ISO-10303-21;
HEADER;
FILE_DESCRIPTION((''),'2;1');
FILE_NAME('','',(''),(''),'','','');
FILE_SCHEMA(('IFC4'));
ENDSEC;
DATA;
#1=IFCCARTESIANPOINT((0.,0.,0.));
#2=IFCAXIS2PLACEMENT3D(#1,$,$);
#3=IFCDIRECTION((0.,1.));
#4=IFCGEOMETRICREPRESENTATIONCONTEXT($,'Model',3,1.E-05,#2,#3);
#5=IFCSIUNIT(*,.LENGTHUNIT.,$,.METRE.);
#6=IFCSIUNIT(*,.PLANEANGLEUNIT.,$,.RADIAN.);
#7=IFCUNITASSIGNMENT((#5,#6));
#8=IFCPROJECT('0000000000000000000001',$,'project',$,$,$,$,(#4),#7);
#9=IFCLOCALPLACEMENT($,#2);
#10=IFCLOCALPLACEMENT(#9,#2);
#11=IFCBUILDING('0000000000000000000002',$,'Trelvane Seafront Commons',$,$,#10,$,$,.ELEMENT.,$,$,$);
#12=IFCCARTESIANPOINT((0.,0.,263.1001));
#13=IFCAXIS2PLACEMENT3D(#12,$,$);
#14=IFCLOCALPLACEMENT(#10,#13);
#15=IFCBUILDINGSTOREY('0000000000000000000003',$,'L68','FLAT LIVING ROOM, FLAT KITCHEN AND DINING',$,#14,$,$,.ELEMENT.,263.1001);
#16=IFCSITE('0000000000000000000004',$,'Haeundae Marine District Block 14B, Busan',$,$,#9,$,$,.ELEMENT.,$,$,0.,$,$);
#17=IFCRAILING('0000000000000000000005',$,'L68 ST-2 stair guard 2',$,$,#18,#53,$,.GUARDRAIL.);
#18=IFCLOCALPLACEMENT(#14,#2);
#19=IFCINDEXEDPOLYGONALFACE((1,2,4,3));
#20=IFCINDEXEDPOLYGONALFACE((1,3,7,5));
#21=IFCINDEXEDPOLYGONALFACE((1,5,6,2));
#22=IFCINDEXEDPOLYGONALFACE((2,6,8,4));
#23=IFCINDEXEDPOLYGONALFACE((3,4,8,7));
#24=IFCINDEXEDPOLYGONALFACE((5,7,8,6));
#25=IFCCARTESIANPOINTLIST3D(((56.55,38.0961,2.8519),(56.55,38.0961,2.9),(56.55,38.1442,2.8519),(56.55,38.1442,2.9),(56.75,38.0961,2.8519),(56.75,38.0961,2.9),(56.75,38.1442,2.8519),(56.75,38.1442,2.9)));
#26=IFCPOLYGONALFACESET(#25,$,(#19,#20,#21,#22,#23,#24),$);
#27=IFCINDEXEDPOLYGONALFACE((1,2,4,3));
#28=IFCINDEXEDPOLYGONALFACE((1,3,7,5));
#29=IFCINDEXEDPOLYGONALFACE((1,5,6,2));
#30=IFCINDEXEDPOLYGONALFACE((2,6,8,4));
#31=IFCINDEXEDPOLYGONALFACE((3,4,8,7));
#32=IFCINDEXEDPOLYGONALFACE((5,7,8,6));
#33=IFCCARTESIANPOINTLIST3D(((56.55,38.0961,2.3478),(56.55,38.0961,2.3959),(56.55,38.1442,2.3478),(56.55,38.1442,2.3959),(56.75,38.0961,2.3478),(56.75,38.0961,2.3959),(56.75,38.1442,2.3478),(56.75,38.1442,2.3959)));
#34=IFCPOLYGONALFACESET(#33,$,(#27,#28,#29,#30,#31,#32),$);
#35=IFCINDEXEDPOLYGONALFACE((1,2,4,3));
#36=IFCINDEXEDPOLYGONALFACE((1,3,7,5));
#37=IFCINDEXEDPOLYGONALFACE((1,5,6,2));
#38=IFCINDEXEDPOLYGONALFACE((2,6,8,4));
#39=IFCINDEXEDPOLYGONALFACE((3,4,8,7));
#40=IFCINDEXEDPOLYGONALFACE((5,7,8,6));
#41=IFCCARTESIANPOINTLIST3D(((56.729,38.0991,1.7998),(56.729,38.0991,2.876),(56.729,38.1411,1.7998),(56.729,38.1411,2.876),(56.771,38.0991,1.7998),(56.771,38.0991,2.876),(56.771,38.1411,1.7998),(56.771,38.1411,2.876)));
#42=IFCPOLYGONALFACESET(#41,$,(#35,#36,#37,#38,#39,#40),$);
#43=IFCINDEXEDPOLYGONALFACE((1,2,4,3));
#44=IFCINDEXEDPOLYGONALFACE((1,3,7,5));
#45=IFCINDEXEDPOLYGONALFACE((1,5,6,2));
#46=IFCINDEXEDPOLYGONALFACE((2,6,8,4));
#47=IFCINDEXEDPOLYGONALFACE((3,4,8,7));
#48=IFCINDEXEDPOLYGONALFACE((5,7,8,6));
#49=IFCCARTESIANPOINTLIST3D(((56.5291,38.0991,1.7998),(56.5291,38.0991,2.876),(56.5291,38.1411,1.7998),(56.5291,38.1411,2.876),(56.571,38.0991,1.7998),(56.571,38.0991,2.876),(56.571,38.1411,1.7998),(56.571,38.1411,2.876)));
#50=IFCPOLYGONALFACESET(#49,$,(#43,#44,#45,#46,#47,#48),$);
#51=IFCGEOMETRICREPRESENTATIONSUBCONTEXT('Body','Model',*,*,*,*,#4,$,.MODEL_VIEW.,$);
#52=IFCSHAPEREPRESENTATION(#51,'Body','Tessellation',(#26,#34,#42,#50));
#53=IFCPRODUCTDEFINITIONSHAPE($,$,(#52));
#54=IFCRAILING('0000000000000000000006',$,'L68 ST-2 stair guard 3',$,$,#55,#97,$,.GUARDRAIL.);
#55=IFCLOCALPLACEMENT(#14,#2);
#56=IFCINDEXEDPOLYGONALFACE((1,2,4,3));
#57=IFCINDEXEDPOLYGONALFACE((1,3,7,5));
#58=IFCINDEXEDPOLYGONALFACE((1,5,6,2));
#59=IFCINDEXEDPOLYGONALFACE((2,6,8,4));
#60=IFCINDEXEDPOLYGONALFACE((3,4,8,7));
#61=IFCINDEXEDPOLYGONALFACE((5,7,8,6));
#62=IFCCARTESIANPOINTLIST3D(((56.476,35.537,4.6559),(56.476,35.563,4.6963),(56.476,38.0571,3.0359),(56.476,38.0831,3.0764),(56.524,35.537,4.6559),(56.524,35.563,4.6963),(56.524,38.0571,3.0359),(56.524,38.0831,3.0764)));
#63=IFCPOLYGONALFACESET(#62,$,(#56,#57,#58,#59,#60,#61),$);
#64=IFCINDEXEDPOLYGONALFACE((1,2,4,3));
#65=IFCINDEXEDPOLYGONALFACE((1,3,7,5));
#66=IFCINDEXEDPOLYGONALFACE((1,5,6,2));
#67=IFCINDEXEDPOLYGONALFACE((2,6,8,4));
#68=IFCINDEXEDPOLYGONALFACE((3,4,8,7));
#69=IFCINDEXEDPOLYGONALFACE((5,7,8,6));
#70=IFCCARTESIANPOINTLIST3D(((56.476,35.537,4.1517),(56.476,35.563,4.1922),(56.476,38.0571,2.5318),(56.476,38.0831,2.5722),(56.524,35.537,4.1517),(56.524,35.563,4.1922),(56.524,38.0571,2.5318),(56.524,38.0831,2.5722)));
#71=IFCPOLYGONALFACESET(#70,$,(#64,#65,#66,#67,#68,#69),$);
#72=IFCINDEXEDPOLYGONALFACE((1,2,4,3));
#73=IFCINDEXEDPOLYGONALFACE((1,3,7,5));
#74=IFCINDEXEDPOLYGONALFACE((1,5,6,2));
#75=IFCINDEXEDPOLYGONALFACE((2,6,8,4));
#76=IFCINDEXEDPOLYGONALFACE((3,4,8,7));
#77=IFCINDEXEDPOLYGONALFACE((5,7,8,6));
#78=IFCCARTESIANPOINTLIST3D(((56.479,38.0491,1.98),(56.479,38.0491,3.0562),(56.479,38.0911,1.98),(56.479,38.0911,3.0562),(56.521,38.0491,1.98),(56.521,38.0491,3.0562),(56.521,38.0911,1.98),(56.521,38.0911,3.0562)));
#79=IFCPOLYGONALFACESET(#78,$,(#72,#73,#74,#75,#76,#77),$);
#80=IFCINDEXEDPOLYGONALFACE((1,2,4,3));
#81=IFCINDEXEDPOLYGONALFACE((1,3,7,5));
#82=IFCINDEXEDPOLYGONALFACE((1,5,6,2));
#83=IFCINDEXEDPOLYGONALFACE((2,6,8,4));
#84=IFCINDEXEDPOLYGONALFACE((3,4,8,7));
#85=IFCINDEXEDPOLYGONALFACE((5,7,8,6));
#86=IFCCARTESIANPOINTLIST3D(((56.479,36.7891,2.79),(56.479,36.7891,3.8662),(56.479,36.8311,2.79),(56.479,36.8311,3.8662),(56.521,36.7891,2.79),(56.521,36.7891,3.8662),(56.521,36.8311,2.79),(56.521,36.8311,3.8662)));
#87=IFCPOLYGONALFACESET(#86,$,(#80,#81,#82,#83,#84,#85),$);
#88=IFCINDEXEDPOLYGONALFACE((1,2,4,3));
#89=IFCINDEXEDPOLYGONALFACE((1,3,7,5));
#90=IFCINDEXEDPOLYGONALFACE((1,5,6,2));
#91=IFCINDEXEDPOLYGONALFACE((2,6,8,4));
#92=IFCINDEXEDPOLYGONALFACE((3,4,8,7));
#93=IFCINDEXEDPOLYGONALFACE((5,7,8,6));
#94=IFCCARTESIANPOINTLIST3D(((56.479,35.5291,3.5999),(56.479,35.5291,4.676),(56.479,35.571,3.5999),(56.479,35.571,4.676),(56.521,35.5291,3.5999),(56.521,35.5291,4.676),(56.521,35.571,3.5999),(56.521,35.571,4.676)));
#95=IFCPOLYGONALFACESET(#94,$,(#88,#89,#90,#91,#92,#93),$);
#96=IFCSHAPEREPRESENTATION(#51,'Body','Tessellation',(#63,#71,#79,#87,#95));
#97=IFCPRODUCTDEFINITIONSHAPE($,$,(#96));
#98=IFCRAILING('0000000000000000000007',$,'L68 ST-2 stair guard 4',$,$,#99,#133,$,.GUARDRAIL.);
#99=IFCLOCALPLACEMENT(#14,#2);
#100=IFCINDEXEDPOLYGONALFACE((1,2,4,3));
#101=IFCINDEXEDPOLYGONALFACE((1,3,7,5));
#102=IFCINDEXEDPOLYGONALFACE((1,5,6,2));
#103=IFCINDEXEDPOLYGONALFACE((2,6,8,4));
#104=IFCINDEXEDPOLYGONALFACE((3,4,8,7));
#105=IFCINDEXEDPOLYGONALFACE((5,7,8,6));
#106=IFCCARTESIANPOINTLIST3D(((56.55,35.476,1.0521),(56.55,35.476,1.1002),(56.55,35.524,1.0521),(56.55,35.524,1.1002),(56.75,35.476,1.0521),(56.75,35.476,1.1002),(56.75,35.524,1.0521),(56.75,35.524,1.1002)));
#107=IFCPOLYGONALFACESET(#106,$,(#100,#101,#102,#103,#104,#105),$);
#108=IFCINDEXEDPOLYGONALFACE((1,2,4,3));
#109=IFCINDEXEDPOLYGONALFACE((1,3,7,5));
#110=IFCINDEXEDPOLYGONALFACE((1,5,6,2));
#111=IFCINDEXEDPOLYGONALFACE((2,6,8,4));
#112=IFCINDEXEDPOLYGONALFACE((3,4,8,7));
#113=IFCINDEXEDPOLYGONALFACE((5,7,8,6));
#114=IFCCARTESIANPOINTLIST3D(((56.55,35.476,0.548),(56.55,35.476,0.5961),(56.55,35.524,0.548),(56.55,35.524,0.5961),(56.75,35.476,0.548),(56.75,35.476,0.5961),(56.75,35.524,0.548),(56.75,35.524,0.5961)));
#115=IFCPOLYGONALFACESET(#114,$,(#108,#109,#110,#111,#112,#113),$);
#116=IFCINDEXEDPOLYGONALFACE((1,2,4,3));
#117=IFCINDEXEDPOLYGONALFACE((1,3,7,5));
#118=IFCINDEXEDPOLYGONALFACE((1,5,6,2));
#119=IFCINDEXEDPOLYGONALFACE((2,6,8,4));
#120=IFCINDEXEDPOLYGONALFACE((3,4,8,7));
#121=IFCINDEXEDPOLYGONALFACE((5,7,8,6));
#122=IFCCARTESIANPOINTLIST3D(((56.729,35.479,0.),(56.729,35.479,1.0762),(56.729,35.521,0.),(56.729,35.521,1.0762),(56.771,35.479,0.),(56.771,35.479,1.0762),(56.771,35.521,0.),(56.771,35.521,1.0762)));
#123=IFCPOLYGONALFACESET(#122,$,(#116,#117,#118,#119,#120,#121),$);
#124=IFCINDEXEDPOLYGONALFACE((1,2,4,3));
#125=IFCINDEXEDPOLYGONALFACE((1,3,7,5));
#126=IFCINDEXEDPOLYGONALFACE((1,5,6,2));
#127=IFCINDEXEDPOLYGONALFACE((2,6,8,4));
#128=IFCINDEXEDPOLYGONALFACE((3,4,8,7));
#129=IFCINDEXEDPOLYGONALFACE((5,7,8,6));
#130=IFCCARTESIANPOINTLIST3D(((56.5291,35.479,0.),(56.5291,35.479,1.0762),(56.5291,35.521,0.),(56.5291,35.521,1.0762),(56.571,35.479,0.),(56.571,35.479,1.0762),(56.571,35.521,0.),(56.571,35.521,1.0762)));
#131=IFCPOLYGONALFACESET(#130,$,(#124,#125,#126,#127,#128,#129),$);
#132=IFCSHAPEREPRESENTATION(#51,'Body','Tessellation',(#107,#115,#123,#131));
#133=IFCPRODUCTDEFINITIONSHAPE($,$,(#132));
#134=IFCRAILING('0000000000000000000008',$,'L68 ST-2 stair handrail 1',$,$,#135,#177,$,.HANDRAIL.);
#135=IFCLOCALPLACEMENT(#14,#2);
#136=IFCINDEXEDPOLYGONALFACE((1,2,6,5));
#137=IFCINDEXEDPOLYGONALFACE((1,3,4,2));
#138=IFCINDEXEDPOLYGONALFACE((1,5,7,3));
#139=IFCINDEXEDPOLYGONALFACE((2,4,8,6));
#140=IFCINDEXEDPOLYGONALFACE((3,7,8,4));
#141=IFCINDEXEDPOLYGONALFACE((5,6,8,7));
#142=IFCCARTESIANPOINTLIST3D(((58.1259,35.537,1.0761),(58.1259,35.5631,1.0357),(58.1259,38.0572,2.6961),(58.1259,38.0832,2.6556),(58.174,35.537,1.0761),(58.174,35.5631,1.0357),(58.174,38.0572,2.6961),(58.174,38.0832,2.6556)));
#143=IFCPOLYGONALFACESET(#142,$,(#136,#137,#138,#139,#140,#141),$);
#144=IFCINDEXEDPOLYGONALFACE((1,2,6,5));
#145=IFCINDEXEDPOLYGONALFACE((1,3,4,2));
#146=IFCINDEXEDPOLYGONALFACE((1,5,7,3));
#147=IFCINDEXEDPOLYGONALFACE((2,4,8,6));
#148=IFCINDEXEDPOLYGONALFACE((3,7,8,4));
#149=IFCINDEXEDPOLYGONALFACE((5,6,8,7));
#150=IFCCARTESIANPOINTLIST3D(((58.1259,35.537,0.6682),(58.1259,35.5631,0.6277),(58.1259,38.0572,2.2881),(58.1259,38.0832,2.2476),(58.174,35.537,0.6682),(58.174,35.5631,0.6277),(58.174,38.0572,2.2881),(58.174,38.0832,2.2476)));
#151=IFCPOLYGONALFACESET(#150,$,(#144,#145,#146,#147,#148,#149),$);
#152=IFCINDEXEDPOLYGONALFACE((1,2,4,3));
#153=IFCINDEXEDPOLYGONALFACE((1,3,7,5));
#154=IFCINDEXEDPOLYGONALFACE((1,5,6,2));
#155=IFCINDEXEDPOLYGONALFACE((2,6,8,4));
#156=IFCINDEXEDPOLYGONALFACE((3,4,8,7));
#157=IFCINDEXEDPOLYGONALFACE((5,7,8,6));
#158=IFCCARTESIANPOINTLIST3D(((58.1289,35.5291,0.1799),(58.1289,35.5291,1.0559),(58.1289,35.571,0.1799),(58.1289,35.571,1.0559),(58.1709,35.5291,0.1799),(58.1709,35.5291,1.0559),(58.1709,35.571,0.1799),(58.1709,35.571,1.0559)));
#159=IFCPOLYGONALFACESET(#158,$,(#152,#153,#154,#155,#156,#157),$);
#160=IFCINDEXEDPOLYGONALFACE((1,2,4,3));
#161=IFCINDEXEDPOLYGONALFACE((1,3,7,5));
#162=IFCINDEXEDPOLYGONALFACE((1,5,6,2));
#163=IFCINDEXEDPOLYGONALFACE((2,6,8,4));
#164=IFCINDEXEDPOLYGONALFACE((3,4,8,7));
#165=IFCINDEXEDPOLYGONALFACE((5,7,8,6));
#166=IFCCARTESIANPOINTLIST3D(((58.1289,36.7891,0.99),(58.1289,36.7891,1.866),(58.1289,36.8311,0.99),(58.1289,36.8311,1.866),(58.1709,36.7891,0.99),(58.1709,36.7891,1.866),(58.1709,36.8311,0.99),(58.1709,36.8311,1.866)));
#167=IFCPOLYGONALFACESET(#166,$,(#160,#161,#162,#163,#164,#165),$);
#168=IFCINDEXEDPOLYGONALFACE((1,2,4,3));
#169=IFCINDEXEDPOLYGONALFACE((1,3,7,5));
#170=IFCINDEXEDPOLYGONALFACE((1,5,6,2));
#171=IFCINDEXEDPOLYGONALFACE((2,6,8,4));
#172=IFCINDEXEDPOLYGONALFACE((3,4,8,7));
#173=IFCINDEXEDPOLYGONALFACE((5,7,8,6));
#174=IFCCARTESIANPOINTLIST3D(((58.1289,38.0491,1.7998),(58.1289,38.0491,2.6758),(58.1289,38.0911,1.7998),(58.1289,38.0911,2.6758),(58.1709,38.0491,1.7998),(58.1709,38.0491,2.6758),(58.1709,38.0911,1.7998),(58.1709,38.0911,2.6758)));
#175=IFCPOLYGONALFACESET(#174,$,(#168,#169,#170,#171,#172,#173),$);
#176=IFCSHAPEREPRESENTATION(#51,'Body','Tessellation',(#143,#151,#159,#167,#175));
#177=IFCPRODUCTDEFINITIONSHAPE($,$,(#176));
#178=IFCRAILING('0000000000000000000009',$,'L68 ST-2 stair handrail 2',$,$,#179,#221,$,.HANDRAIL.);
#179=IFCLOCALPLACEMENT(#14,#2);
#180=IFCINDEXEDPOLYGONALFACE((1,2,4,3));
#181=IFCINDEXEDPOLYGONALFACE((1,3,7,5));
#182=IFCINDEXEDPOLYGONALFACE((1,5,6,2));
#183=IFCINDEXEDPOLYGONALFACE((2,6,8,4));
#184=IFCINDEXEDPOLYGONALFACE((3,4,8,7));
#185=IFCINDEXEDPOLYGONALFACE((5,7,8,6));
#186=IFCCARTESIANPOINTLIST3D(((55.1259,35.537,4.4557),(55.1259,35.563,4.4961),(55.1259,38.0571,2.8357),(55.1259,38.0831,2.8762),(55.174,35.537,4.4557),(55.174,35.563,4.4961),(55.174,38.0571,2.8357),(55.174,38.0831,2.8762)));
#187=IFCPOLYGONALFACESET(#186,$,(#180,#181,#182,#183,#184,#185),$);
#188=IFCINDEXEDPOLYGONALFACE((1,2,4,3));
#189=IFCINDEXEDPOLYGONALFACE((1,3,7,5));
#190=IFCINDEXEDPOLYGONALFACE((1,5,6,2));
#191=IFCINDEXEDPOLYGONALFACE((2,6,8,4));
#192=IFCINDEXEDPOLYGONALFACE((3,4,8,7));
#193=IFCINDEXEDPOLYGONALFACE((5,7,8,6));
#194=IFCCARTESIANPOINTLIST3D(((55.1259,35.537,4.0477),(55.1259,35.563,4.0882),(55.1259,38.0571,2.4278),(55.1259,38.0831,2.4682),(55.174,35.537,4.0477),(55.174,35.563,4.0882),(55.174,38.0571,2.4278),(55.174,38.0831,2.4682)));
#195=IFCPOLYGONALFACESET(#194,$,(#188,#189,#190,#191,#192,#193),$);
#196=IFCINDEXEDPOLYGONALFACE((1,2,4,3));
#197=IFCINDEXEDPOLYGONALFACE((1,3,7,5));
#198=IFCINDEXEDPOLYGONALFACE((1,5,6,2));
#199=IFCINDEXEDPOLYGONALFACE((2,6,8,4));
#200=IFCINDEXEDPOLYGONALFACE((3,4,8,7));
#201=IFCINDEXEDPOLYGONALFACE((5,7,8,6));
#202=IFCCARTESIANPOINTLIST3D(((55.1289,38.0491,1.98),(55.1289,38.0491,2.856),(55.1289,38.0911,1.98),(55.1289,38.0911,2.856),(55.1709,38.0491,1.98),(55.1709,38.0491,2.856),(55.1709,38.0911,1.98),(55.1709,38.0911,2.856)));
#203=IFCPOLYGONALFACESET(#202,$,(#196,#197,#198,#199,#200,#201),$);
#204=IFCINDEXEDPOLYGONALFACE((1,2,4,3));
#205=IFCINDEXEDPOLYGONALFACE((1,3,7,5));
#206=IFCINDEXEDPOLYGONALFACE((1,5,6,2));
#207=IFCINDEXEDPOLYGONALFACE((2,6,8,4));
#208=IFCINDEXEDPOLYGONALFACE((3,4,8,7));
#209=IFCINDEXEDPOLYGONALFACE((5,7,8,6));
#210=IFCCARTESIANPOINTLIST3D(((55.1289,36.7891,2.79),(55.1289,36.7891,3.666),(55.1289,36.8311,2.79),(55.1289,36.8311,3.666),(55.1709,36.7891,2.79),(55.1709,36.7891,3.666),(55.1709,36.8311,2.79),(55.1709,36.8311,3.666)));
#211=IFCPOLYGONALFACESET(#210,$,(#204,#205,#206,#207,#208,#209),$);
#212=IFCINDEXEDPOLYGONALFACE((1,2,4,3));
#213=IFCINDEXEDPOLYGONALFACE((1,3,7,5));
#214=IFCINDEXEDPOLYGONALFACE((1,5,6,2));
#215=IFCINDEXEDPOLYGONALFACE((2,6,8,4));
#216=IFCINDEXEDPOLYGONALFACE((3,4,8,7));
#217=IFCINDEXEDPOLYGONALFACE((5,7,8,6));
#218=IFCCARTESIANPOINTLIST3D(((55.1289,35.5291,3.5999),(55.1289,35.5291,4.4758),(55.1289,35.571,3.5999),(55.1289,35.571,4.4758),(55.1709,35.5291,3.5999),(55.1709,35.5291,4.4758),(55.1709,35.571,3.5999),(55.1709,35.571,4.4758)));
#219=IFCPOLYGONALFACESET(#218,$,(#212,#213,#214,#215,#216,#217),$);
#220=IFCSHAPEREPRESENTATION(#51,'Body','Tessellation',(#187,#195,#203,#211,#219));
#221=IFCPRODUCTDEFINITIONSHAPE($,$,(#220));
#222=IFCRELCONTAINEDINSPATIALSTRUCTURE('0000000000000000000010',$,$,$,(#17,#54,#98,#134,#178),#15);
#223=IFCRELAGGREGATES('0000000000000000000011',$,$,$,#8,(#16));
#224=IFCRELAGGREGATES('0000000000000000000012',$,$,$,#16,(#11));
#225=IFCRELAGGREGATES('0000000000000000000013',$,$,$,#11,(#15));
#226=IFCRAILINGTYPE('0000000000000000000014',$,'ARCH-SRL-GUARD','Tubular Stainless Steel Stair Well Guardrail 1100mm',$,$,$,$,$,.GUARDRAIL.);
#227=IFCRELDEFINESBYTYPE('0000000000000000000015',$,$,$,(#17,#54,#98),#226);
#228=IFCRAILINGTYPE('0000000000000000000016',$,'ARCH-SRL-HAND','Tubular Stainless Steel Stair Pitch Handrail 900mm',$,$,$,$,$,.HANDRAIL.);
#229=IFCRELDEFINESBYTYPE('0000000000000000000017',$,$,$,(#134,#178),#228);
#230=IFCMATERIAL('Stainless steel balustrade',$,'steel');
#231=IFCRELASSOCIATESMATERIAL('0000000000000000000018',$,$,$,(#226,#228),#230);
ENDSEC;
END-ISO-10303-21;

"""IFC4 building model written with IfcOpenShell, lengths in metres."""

from ifc_helpers import new_model, si_unit, direction, frame, origin, origin_2d, place, context, subcontext, project, spatial, rectangle, extrude, material, type_object, element, save


model = new_model("IFC4")

# Units and contexts
model_context = context("Model", 3, precision=1e-05, world=origin(), true_north=direction((0.0, 1.0)))
body_context = subcontext(model_context, "Body", "Model", "MODEL_VIEW")
ifc_project = project(units=[si_unit("LENGTHUNIT", "METRE"), si_unit("PLANEANGLEUNIT", "RADIAN")], contexts=[model_context])

# Site, building, storey
site_placement = place(None, origin())
site = spatial("IfcSite", under=ifc_project, at=site_placement, Name="Haeundae Marine District Block 14B, Busan", CompositionType="ELEMENT", RefElevation=0.0)
building_placement = place(site_placement, origin())
building = spatial("IfcBuilding", under=site, at=building_placement, Name="Trelvane Seafront Commons", CompositionType="ELEMENT")
storey_placement = place(building_placement, frame((0.0, 0.0, 263.1001)))
storey = spatial("IfcBuildingStorey", under=building, at=storey_placement, Name="L68", Description="FLAT LIVING ROOM, FLAT KITCHEN AND DINING", CompositionType="ELEMENT", Elevation=263.1001)

# Railings
ifc_material_1 = material(Name="Stainless steel balustrade", Category="steel")
railing_type_1 = type_object("IfcRailingType", Name="ARCH-SRL-GUARD", Description="Tubular Stainless Steel Stair Well Guardrail 1100mm", PredefinedType="GUARDRAIL", material=ifc_material_1)
railing_1_placement = place(storey_placement, frame((56.75, 38.1201, 1.7998)))
element("IfcRailing", 1, at=railing_1_placement, inside=storey, type_object=railing_type_1, Name="L68 ST-2 stair guard 2", PredefinedType="GUARDRAIL", context=body_context, shape_type="SweptSolid", body=[
    extrude(rectangle(XDim=0.0481, YDim=0.0481, at=origin_2d()), frame((0.0, 0.0, 1.0762), z_axis=(-1.0, 0.0, 0.0), x_axis=(0.0, -1.0, 0.0)), (0.0, 0.0, 1.0), 0.2),
    extrude(rectangle(XDim=0.0481, YDim=0.0481, at=origin_2d()), frame((0.0, 0.0, 0.572), z_axis=(-1.0, 0.0, 0.0), x_axis=(0.0, -1.0, 0.0)), (0.0, 0.0, 1.0), 0.2),
    extrude(rectangle(XDim=0.042, YDim=0.042, at=origin_2d()), origin(), (0.0, 0.0, 1.0), 1.0762),
    extrude(rectangle(XDim=0.042, YDim=0.042, at=origin_2d()), frame((-0.2, 0.0, 0.0)), (0.0, 0.0, 1.0), 1.0762),
])
railing_2_placement = place(storey_placement, frame((56.5, 38.0701, 1.98)))
element("IfcRailing", 2, at=railing_2_placement, inside=storey, type_object=railing_type_1, Name="L68 ST-2 stair guard 3", PredefinedType="GUARDRAIL", context=body_context, shape_type="SweptSolid", body=[
    extrude(rectangle(XDim=0.0481, YDim=0.0481, at=origin_2d()), frame((0.0, 0.0, 1.0762), z_axis=(0.0, -0.8412, 0.540725), x_axis=(1.0, 0.0, 0.0)), (0.0, 0.0, 1.0), 2.9958),
    extrude(rectangle(XDim=0.0481, YDim=0.0481, at=origin_2d()), frame((0.0, 0.0, 0.572), z_axis=(0.0, -0.8412, 0.540725), x_axis=(1.0, 0.0, 0.0)), (0.0, 0.0, 1.0), 2.9958),
    extrude(rectangle(XDim=0.042, YDim=0.042, at=origin_2d()), origin(), (0.0, 0.0, 1.0), 1.0762),
    extrude(rectangle(XDim=0.042, YDim=0.042, at=origin_2d()), frame((0.0, -1.26, 0.8101)), (0.0, 0.0, 1.0), 1.0762),
    extrude(rectangle(XDim=0.042, YDim=0.042, at=origin_2d()), frame((0.0, -2.52, 1.6199)), (0.0, 0.0, 1.0), 1.0762),
])
railing_3_placement = place(storey_placement, frame((56.75, 35.5, 0.0)))
element("IfcRailing", 3, at=railing_3_placement, inside=storey, type_object=railing_type_1, Name="L68 ST-2 stair guard 4", PredefinedType="GUARDRAIL", context=body_context, shape_type="SweptSolid", body=[
    extrude(rectangle(XDim=0.0481, YDim=0.0481, at=origin_2d()), frame((0.0, 0.0, 1.0762), z_axis=(-1.0, 0.0, 0.0), x_axis=(0.0, -1.0, 0.0)), (0.0, 0.0, 1.0), 0.2),
    extrude(rectangle(XDim=0.0481, YDim=0.0481, at=origin_2d()), frame((0.0, 0.0, 0.572), z_axis=(-1.0, 0.0, 0.0), x_axis=(0.0, -1.0, 0.0)), (0.0, 0.0, 1.0), 0.2),
    extrude(rectangle(XDim=0.042, YDim=0.042, at=origin_2d()), origin(), (0.0, 0.0, 1.0), 1.0762),
    extrude(rectangle(XDim=0.042, YDim=0.042, at=origin_2d()), frame((-0.2, 0.0, 0.0)), (0.0, 0.0, 1.0), 1.0762),
])
railing_type_2 = type_object("IfcRailingType", Name="ARCH-SRL-HAND", Description="Tubular Stainless Steel Stair Pitch Handrail 900mm", PredefinedType="HANDRAIL", material=ifc_material_1)
railing_4_placement = place(storey_placement, frame((58.1499, 35.55, 0.1799)))
element("IfcRailing", 4, at=railing_4_placement, inside=storey, type_object=railing_type_2, Name="L68 ST-2 stair handrail 1", PredefinedType="HANDRAIL", context=body_context, shape_type="SweptSolid", body=[
    extrude(rectangle(XDim=0.0481, YDim=0.0481, at=origin_2d()), frame((0.0, 0.0, 0.876), z_axis=(0.0, 0.8412, 0.540725), x_axis=(-1.0, 0.0, 0.0)), (0.0, 0.0, 1.0), 2.9958),
    extrude(rectangle(XDim=0.0481, YDim=0.0481, at=origin_2d()), frame((0.0, 0.0, 0.468), z_axis=(0.0, 0.8412, 0.540725), x_axis=(-1.0, 0.0, 0.0)), (0.0, 0.0, 1.0), 2.9958),
    extrude(rectangle(XDim=0.042, YDim=0.042, at=origin_2d()), origin(), (0.0, 0.0, 1.0), 0.876),
    extrude(rectangle(XDim=0.042, YDim=0.042, at=origin_2d()), frame((0.0, 1.26, 0.8101)), (0.0, 0.0, 1.0), 0.876),
    extrude(rectangle(XDim=0.042, YDim=0.042, at=origin_2d()), frame((0.0, 2.52, 1.6199)), (0.0, 0.0, 1.0), 0.876),
])
railing_5_placement = place(storey_placement, frame((55.1499, 38.0701, 1.98)))
element("IfcRailing", 5, at=railing_5_placement, inside=storey, type_object=railing_type_2, Name="L68 ST-2 stair handrail 2", PredefinedType="HANDRAIL", context=body_context, shape_type="SweptSolid", body=[
    extrude(rectangle(XDim=0.0481, YDim=0.0481, at=origin_2d()), frame((0.0, 0.0, 0.876), z_axis=(0.0, -0.8412, 0.540725), x_axis=(1.0, 0.0, 0.0)), (0.0, 0.0, 1.0), 2.9958),
    extrude(rectangle(XDim=0.0481, YDim=0.0481, at=origin_2d()), frame((0.0, 0.0, 0.468), z_axis=(0.0, -0.8412, 0.540725), x_axis=(1.0, 0.0, 0.0)), (0.0, 0.0, 1.0), 2.9958),
    extrude(rectangle(XDim=0.042, YDim=0.042, at=origin_2d()), origin(), (0.0, 0.0, 1.0), 0.876),
    extrude(rectangle(XDim=0.042, YDim=0.042, at=origin_2d()), frame((0.0, -1.26, 0.8101)), (0.0, 0.0, 1.0), 0.876),
    extrude(rectangle(XDim=0.042, YDim=0.042, at=origin_2d()), frame((0.0, -2.52, 1.6199)), (0.0, 0.0, 1.0), 0.876),
])

save(model, "model.ifc")
